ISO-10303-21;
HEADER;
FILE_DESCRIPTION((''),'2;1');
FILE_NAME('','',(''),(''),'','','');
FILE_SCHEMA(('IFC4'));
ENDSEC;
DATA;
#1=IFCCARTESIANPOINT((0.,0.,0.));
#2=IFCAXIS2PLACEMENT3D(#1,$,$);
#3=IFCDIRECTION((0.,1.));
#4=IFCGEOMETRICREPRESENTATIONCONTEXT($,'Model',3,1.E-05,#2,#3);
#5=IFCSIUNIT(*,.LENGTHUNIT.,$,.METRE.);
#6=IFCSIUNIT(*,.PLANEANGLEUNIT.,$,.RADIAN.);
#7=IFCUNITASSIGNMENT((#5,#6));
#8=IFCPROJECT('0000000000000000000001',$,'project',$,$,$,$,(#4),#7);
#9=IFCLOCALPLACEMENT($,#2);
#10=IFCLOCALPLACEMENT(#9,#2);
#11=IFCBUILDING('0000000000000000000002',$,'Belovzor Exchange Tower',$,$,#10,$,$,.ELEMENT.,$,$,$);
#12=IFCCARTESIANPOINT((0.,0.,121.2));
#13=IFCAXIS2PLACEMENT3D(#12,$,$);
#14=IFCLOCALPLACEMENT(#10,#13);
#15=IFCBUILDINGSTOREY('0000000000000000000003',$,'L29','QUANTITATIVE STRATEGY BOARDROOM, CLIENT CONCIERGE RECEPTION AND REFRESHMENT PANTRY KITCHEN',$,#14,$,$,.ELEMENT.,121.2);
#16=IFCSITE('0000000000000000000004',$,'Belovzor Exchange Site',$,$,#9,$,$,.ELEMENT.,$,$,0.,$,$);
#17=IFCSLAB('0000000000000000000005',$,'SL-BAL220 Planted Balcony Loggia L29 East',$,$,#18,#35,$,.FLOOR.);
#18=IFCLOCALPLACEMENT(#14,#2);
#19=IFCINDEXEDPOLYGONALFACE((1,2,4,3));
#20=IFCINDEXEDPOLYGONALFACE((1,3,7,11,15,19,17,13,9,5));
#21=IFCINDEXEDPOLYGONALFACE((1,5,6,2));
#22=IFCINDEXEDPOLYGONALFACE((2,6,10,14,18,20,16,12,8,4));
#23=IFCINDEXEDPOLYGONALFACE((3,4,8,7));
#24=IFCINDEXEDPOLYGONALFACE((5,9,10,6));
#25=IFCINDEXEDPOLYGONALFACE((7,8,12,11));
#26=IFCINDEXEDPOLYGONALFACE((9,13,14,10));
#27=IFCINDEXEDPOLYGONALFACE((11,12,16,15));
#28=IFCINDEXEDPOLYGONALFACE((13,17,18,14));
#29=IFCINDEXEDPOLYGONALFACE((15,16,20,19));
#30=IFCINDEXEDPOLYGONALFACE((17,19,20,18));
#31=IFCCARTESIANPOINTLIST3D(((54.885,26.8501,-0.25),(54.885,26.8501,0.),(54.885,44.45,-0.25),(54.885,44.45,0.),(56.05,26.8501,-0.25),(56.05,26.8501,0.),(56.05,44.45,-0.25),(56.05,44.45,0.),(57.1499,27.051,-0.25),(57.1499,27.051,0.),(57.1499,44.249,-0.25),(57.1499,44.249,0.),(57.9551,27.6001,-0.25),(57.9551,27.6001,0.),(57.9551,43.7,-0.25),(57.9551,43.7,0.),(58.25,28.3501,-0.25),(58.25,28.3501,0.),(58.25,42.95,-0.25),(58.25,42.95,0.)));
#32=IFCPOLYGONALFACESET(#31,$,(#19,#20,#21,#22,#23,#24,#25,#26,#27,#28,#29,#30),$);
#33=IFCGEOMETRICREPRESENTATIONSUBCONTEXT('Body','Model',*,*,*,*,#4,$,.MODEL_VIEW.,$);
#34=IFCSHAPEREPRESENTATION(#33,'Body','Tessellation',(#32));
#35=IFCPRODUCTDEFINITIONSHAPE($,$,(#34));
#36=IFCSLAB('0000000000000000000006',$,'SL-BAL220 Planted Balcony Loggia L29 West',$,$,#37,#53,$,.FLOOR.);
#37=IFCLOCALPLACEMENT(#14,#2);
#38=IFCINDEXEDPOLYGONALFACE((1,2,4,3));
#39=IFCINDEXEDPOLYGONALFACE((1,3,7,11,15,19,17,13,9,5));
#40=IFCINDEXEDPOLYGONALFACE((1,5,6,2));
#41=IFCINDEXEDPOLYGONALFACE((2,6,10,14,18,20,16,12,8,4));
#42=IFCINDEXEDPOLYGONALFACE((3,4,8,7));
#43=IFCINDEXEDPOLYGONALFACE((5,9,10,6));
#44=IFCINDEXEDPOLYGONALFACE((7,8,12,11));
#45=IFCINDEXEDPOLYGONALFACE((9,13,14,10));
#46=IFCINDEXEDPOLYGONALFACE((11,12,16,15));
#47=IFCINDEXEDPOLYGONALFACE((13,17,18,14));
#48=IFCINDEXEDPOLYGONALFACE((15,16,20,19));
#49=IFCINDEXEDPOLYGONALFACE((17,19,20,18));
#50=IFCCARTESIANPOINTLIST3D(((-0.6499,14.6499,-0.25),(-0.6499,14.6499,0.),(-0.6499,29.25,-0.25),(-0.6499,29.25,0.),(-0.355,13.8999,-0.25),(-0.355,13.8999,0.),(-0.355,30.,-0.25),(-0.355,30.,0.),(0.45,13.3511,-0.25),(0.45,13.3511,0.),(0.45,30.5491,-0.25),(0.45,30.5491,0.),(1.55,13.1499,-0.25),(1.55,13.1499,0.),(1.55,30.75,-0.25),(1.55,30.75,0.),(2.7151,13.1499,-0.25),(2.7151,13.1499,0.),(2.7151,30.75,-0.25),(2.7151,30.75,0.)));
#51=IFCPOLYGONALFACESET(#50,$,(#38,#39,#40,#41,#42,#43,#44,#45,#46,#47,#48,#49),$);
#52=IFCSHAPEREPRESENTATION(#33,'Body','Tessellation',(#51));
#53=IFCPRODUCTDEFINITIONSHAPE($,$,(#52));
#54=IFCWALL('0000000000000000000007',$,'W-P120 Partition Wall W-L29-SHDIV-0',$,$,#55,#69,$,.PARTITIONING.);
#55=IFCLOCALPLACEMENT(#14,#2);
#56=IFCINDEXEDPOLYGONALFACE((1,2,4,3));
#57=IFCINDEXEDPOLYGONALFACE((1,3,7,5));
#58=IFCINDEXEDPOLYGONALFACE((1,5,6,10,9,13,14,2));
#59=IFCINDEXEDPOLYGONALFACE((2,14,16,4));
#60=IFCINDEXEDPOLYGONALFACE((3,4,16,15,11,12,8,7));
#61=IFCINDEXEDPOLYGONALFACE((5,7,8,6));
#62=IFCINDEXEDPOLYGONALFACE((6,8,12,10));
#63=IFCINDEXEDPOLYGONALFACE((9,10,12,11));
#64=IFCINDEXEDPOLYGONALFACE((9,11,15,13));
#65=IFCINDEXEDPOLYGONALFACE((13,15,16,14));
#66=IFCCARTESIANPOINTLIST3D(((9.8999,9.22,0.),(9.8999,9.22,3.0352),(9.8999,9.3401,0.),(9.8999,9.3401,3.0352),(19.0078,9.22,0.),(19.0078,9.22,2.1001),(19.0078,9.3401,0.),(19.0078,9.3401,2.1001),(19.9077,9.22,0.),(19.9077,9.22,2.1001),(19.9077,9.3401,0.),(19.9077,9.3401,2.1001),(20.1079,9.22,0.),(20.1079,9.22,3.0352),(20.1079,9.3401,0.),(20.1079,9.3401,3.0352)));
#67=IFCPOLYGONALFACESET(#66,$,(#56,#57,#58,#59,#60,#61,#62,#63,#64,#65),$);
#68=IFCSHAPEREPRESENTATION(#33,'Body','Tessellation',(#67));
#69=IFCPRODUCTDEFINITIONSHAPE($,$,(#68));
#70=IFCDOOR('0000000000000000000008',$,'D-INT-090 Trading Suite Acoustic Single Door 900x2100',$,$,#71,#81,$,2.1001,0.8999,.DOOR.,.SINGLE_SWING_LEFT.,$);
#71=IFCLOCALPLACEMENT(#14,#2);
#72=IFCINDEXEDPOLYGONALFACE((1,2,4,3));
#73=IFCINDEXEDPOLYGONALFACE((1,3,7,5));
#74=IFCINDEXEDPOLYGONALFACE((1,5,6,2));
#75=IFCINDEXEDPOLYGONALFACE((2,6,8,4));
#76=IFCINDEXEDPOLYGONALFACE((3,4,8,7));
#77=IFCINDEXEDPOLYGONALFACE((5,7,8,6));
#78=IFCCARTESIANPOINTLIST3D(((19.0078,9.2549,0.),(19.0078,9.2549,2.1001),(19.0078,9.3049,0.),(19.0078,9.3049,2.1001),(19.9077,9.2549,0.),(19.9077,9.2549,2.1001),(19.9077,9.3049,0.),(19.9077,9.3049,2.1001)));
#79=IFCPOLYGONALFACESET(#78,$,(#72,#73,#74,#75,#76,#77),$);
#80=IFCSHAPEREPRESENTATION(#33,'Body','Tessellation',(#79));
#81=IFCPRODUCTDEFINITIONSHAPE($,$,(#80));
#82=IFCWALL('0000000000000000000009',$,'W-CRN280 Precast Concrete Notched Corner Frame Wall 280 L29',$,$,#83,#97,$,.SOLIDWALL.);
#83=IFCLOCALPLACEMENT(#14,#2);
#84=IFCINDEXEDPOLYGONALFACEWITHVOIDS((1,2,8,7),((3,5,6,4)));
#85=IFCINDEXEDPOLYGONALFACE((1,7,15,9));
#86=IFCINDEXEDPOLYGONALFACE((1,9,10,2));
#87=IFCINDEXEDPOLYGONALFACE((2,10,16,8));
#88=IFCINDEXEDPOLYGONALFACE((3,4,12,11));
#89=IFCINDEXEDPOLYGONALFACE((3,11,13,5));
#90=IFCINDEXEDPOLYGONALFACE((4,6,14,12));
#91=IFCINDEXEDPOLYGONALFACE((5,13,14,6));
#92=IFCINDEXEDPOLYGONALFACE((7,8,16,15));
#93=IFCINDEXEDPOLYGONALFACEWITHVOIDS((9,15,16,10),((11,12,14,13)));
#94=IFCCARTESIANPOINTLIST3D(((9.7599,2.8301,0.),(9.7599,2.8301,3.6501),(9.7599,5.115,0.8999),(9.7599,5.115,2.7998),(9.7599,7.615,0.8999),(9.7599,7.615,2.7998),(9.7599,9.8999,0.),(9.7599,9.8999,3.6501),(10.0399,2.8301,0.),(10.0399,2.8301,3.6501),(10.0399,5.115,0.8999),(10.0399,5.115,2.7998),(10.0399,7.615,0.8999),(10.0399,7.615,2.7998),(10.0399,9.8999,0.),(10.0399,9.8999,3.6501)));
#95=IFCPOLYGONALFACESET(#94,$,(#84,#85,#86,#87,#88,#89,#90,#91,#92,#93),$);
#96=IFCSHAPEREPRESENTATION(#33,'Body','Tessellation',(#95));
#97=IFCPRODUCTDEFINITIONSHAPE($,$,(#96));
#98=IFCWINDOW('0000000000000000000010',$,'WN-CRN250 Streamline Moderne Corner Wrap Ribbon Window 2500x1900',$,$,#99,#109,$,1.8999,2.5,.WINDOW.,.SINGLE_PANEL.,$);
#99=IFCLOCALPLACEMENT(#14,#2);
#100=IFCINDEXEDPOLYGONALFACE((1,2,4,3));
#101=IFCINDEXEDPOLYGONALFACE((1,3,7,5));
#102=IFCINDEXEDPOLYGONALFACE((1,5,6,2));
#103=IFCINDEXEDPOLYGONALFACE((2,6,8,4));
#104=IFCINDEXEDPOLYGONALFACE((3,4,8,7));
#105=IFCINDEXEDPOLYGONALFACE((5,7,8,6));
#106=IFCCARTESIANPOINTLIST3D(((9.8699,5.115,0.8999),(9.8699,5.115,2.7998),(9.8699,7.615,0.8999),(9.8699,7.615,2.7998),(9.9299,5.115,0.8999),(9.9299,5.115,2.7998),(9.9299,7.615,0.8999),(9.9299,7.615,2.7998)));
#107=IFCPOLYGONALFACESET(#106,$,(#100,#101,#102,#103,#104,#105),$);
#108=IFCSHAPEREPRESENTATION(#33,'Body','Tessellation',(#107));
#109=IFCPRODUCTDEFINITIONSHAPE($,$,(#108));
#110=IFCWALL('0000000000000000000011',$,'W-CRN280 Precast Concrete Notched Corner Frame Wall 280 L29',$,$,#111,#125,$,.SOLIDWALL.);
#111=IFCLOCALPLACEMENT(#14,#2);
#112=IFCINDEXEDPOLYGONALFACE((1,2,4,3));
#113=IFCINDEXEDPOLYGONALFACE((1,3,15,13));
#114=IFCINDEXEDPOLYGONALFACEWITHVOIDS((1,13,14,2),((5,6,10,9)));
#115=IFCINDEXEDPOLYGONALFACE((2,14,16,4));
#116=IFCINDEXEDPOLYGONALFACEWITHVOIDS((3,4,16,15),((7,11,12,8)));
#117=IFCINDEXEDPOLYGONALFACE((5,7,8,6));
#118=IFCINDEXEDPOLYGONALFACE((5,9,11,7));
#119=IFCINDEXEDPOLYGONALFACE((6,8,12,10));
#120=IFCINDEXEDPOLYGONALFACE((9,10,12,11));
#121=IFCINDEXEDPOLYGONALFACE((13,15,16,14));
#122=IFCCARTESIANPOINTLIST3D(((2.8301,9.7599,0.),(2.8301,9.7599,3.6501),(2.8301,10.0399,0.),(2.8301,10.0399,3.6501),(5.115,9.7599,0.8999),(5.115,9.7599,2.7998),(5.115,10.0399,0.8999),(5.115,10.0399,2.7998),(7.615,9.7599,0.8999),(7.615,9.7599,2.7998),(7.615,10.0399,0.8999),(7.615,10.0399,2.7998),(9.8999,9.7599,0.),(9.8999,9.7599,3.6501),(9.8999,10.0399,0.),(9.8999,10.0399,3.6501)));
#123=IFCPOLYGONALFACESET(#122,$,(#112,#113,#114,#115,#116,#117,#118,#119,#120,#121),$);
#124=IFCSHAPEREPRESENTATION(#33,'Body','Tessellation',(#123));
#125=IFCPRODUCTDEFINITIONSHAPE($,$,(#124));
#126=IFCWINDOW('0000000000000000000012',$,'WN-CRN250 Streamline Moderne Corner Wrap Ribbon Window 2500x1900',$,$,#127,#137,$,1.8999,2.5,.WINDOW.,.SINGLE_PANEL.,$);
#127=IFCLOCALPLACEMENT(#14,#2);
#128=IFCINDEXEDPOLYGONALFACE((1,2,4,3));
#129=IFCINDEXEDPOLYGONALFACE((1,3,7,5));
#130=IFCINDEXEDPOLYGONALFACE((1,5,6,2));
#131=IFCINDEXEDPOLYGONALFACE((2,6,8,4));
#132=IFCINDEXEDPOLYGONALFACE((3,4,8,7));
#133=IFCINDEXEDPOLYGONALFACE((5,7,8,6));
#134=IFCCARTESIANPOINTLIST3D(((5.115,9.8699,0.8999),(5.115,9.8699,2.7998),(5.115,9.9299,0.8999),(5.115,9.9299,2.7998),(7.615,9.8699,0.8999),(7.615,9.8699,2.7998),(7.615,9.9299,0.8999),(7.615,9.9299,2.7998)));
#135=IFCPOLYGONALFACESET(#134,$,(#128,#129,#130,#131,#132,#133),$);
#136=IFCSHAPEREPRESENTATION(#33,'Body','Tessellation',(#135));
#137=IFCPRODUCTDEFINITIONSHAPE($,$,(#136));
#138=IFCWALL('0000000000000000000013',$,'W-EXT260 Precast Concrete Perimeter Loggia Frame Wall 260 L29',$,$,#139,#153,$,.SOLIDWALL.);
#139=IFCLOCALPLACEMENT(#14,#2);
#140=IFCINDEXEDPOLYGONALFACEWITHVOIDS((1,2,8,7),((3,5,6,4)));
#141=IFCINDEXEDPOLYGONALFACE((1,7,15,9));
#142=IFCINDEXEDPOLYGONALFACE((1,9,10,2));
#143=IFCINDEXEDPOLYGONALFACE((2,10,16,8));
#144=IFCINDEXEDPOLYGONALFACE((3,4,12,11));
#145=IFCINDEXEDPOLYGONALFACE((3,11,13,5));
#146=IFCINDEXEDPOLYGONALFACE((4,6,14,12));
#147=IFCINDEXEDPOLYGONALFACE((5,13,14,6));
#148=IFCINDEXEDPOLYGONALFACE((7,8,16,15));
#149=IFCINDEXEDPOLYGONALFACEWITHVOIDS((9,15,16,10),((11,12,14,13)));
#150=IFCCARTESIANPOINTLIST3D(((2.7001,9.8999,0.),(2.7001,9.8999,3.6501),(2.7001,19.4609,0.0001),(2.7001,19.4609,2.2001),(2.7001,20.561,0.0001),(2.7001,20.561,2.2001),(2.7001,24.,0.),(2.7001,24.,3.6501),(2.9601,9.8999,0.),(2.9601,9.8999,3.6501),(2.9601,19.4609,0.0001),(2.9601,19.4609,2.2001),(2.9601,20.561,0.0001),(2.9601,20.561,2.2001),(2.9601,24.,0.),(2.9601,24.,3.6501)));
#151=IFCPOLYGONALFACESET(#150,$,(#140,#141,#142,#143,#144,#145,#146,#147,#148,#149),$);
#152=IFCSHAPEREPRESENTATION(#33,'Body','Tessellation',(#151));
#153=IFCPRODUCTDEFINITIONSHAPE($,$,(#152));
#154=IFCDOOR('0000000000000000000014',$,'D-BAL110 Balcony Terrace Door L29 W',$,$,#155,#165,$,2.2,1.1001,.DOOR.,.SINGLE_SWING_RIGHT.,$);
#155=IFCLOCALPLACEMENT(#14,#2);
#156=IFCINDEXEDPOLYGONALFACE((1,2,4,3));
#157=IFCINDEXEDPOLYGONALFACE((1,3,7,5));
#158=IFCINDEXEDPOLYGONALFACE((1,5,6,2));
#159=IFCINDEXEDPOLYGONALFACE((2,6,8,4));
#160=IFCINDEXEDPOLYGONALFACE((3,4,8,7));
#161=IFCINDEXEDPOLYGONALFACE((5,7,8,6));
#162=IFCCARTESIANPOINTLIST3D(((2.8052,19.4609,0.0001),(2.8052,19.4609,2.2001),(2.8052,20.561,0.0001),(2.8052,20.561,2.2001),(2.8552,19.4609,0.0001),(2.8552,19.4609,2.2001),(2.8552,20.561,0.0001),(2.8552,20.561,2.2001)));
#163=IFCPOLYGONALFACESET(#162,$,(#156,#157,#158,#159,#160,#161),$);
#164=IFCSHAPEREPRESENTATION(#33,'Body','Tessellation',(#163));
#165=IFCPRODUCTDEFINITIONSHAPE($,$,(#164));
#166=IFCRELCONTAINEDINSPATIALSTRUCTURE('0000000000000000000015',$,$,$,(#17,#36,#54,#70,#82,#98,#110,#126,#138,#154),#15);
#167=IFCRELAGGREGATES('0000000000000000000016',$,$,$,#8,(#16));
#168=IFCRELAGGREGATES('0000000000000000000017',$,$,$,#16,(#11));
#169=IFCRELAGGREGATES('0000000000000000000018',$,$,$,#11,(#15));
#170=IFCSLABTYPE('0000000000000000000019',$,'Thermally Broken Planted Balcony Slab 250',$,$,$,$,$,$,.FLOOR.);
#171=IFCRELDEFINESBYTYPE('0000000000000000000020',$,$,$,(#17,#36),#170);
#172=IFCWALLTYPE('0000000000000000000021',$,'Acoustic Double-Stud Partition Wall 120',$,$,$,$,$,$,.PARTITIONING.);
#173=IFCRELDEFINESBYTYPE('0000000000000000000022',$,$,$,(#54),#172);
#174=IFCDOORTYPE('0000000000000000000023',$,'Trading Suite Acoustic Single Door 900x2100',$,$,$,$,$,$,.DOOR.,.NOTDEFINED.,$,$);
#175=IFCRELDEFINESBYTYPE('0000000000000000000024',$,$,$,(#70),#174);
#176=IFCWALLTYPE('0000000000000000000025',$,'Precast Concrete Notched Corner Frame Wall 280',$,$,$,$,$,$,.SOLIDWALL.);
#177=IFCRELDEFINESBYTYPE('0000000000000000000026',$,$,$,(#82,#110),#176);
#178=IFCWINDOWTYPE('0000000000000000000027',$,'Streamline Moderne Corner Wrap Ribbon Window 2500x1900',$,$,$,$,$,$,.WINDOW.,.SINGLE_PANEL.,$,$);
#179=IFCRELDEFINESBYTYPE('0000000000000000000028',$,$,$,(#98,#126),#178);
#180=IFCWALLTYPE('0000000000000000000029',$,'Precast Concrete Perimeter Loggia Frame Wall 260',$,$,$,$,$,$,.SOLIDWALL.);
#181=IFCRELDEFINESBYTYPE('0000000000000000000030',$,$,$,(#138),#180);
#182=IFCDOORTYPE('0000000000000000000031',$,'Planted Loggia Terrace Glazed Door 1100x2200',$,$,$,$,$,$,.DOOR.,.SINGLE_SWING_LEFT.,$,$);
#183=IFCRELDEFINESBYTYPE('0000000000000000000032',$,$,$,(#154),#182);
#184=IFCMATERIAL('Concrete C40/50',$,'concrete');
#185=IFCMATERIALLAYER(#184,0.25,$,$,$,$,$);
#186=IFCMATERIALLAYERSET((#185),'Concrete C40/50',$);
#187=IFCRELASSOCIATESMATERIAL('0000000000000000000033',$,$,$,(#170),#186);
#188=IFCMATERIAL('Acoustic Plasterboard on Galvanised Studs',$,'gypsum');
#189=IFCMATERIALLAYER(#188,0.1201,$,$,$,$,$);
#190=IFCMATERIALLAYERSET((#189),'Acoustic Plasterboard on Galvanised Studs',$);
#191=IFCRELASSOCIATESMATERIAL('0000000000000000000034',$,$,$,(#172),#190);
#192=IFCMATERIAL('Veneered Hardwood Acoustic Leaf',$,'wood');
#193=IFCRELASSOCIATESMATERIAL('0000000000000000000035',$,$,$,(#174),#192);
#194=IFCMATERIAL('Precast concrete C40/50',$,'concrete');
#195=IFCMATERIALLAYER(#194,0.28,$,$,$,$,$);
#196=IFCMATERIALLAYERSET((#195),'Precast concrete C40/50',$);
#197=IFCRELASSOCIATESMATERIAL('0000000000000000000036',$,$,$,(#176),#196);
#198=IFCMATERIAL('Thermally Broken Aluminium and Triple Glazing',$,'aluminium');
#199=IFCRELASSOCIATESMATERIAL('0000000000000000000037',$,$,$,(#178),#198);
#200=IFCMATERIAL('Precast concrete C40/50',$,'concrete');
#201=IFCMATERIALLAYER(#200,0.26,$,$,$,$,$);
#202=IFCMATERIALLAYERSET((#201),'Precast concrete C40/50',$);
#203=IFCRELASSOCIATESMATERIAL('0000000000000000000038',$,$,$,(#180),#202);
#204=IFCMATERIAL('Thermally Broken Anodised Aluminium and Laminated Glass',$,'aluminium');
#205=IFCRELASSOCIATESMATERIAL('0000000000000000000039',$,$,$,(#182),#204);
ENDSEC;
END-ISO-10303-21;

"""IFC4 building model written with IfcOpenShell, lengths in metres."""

from ifc_helpers import new_model, si_unit, direction, frame, frame_2d, origin, place, context, subcontext, project, spatial, polyline, rectangle, outline, extrude, material, layer, layer_set, type_object, element, fill, save


model = new_model("IFC4")

# Units and contexts
model_context = context("Model", 3, precision=1e-05, world=origin(), true_north=direction((0.0, 1.0)))
body_context = subcontext(model_context, "Body", "Model", "MODEL_VIEW")
ifc_project = project(units=[si_unit("LENGTHUNIT", "METRE"), si_unit("PLANEANGLEUNIT", "RADIAN")], contexts=[model_context])

# Site, building, storey
site_placement = place(None, origin())
site = spatial("IfcSite", under=ifc_project, at=site_placement, Name="Belovzor Exchange Site", CompositionType="ELEMENT", RefElevation=0.0)
building_placement = place(site_placement, origin())
building = spatial("IfcBuilding", under=site, at=building_placement, Name="Belovzor Exchange Tower", CompositionType="ELEMENT")
storey_placement = place(building_placement, frame((0.0, 0.0, 121.2)))
storey = spatial("IfcBuildingStorey", under=building, at=storey_placement, Name="L29", Description="QUANTITATIVE STRATEGY BOARDROOM, CLIENT CONCIERGE RECEPTION AND REFRESHMENT PANTRY KITCHEN", CompositionType="ELEMENT", Elevation=121.2)

# Slabs
ifc_material_1 = material(Name="Concrete C40/50", Category="concrete")
ifc_layer_1 = layer(ifc_material_1, 0.25)
ifc_layer_set_1 = layer_set([ifc_layer_1], Name="Concrete C40/50")
slab_type_1 = type_object("IfcSlabType", Name="Thermally Broken Planted Balcony Slab 250", PredefinedType="FLOOR", material=ifc_layer_set_1)
slab_1_placement = place(storey_placement, frame((0.0, 0.0, -0.25)))
element("IfcSlab", 1, at=slab_1_placement, inside=storey, type_object=slab_type_1, Name="SL-BAL220 Planted Balcony Loggia L29 East", PredefinedType="FLOOR", context=body_context, shape_type="SweptSolid", body=[
    extrude(outline(polyline([(54.885, 26.8501), (56.05, 26.8501), (57.1499, 27.051), (57.9551, 27.6001), (58.25, 28.3501), (58.25, 42.95), (57.9551, 43.7), (57.1499, 44.249), (56.05, 44.45), (54.885, 44.45), (54.885, 26.8501)])), origin(), (0.0, 0.0, 1.0), 0.25),
])
slab_2_placement = place(storey_placement, frame((0.0, 0.0, -0.25)))
element("IfcSlab", 2, at=slab_2_placement, inside=storey, type_object=slab_type_1, Name="SL-BAL220 Planted Balcony Loggia L29 West", PredefinedType="FLOOR", context=body_context, shape_type="SweptSolid", body=[
    extrude(outline(polyline([(2.7151, 30.75), (1.55, 30.75), (0.45, 30.5491), (-0.355, 30.0), (-0.6499, 29.25), (-0.6499, 14.6499), (-0.355, 13.8999), (0.45, 13.3511), (1.55, 13.1499), (2.7151, 13.1499), (2.7151, 30.75)])), origin(), (0.0, 0.0, 1.0), 0.25),
])

# Wall, opening, door
ifc_material_2 = material(Name="Acoustic Plasterboard on Galvanised Studs", Category="gypsum")
ifc_layer_2 = layer(ifc_material_2, 0.1201)
ifc_layer_set_2 = layer_set([ifc_layer_2], Name="Acoustic Plasterboard on Galvanised Studs")
wall_type_1 = type_object("IfcWallType", Name="Acoustic Double-Stud Partition Wall 120", PredefinedType="PARTITIONING", material=ifc_layer_set_2)
wall_1_placement = place(storey_placement, frame((9.8999, 9.28, 0.0), z_axis=(0.0, 0.0, 1.0), x_axis=(1.0, 0.0, 0.0)))
wall_1 = element("IfcWall", 3, at=wall_1_placement, inside=storey, type_object=wall_type_1, Name="W-P120 Partition Wall W-L29-SHDIV-0", PredefinedType="PARTITIONING", context=body_context, shape_type="SweptSolid", body=[
    extrude(rectangle(XDim=10.208, YDim=0.1201, at=frame_2d((5.104, 0.0))), origin(), (0.0, 0.0, 1.0), 3.0352),
])
opening_1_placement = place(wall_1_placement, frame((9.1079, 0.0, 0.0)))
opening_1 = element("IfcOpeningElement", 4, at=opening_1_placement, cuts=wall_1, PredefinedType="OPENING", context=body_context, shape_type="SweptSolid", body=[
    extrude(rectangle(XDim=0.8999, YDim=2.1001, at=frame_2d((0.45, 1.05))), frame((0.0, 0.0701, 0.0), z_axis=(0.0, -1.0, 0.0), x_axis=(1.0, 0.0, 0.0)), (0.0, 0.0, 1.0), 0.1401),
])
ifc_material_3 = material(Name="Veneered Hardwood Acoustic Leaf", Category="wood")
door_type_1 = type_object("IfcDoorType", Name="Trading Suite Acoustic Single Door 900x2100", OperationType="NOTDEFINED", PredefinedType="DOOR", material=ifc_material_3)
door_1_placement = place(opening_1_placement, origin())
door_1 = element("IfcDoor", 5, at=door_1_placement, inside=storey, type_object=door_type_1, Name="D-INT-090 Trading Suite Acoustic Single Door 900x2100", OperationType="SINGLE_SWING_LEFT", OverallHeight=2.1001, OverallWidth=0.8999, PredefinedType="DOOR", context=body_context, shape_type="SweptSolid", body=[
    extrude(rectangle(XDim=0.8999, YDim=2.1001, at=frame_2d((0.45, 1.05))), frame((0.0, 0.0249, 0.0), z_axis=(0.0, -1.0, 0.0), x_axis=(1.0, 0.0, 0.0)), (0.0, 0.0, 1.0), 0.05),
])
fill(opening_1, door_1)

# Walls, openings, windows
ifc_material_4 = material(Name="Precast concrete C40/50", Category="concrete")
ifc_layer_3 = layer(ifc_material_4, 0.28)
ifc_layer_set_3 = layer_set([ifc_layer_3], Name="Precast concrete C40/50")
wall_type_2 = type_object("IfcWallType", Name="Precast Concrete Notched Corner Frame Wall 280", PredefinedType="SOLIDWALL", material=ifc_layer_set_3)
wall_2_placement = place(storey_placement, frame((9.8999, 2.8301, 0.0), z_axis=(0.0, 0.0, 1.0), x_axis=(0.0, 1.0, 0.0)))
wall_2 = element("IfcWall", 6, at=wall_2_placement, inside=storey, type_object=wall_type_2, Name="W-CRN280 Precast Concrete Notched Corner Frame Wall 280 L29", PredefinedType="SOLIDWALL", context=body_context, shape_type="SweptSolid", body=[
    extrude(rectangle(XDim=7.0698, YDim=0.28, at=frame_2d((3.5349, 0.0))), origin(), (0.0, 0.0, 1.0), 3.6501),
])
opening_2_placement = place(wall_2_placement, frame((2.2849, 0.0, 0.8999)))
opening_2 = element("IfcOpeningElement", 7, at=opening_2_placement, cuts=wall_2, PredefinedType="OPENING", context=body_context, shape_type="SweptSolid", body=[
    extrude(rectangle(XDim=2.5, YDim=1.8999, at=frame_2d((1.25, 0.95))), frame((0.0, 0.1499, 0.0), z_axis=(0.0, -1.0, 0.0), x_axis=(1.0, 0.0, 0.0)), (0.0, 0.0, 1.0), 0.3),
])
ifc_material_5 = material(Name="Thermally Broken Aluminium and Triple Glazing", Category="aluminium")
window_type = type_object("IfcWindowType", Name="Streamline Moderne Corner Wrap Ribbon Window 2500x1900", PartitioningType="SINGLE_PANEL", PredefinedType="WINDOW", material=ifc_material_5)
window_1_placement = place(opening_2_placement, origin())
window_1 = element("IfcWindow", 8, at=window_1_placement, inside=storey, type_object=window_type, Name="WN-CRN250 Streamline Moderne Corner Wrap Ribbon Window 2500x1900", OverallHeight=1.8999, OverallWidth=2.5, PartitioningType="SINGLE_PANEL", PredefinedType="WINDOW", context=body_context, shape_type="SweptSolid", body=[
    extrude(rectangle(XDim=2.5, YDim=1.8999, at=frame_2d((1.25, 0.95))), frame((0.0, 0.03, 0.0), z_axis=(0.0, -1.0, 0.0), x_axis=(1.0, 0.0, 0.0)), (0.0, 0.0, 1.0), 0.0601),
])
fill(opening_2, window_1)
wall_3_placement = place(storey_placement, frame((9.8999, 9.8999, 0.0), z_axis=(0.0, 0.0, 1.0), x_axis=(-1.0, 0.0, 0.0)))
wall_3 = element("IfcWall", 9, at=wall_3_placement, inside=storey, type_object=wall_type_2, Name="W-CRN280 Precast Concrete Notched Corner Frame Wall 280 L29", PredefinedType="SOLIDWALL", context=body_context, shape_type="SweptSolid", body=[
    extrude(rectangle(XDim=7.0698, YDim=0.28, at=frame_2d((3.5349, 0.0))), origin(), (0.0, 0.0, 1.0), 3.6501),
])
opening_3_placement = place(wall_3_placement, frame((2.2849, 0.0, 0.8999)))
opening_3 = element("IfcOpeningElement", 10, at=opening_3_placement, cuts=wall_3, PredefinedType="OPENING", context=body_context, shape_type="SweptSolid", body=[
    extrude(rectangle(XDim=2.5, YDim=1.8999, at=frame_2d((1.25, 0.95))), frame((0.0, 0.1499, 0.0), z_axis=(0.0, -1.0, 0.0), x_axis=(1.0, 0.0, 0.0)), (0.0, 0.0, 1.0), 0.3),
])
window_2_placement = place(opening_3_placement, origin())
window_2 = element("IfcWindow", 11, at=window_2_placement, inside=storey, type_object=window_type, Name="WN-CRN250 Streamline Moderne Corner Wrap Ribbon Window 2500x1900", OverallHeight=1.8999, OverallWidth=2.5, PartitioningType="SINGLE_PANEL", PredefinedType="WINDOW", context=body_context, shape_type="SweptSolid", body=[
    extrude(rectangle(XDim=2.5, YDim=1.8999, at=frame_2d((1.25, 0.95))), frame((0.0, 0.03, 0.0), z_axis=(0.0, -1.0, 0.0), x_axis=(1.0, 0.0, 0.0)), (0.0, 0.0, 1.0), 0.0601),
])
fill(opening_3, window_2)

# Wall, opening, door
ifc_material_6 = material(Name="Precast concrete C40/50", Category="concrete")
ifc_layer_4 = layer(ifc_material_6, 0.26)
ifc_layer_set_4 = layer_set([ifc_layer_4], Name="Precast concrete C40/50")
wall_type_3 = type_object("IfcWallType", Name="Precast Concrete Perimeter Loggia Frame Wall 260", PredefinedType="SOLIDWALL", material=ifc_layer_set_4)
wall_4_placement = place(storey_placement, frame((2.8301, 9.8999, 0.0), z_axis=(0.0, 0.0, 1.0), x_axis=(0.0, 1.0, 0.0)))
wall_4 = element("IfcWall", 12, at=wall_4_placement, inside=storey, type_object=wall_type_3, Name="W-EXT260 Precast Concrete Perimeter Loggia Frame Wall 260 L29", PredefinedType="SOLIDWALL", context=body_context, shape_type="SweptSolid", body=[
    extrude(rectangle(XDim=14.1001, YDim=0.26, at=frame_2d((7.05, 0.0))), origin(), (0.0, 0.0, 1.0), 3.6501),
])
opening_4_placement = place(wall_4_placement, frame((9.561, 0.0, 0.0)))
opening_4 = element("IfcOpeningElement", 13, at=opening_4_placement, cuts=wall_4, PredefinedType="OPENING", context=body_context, shape_type="SweptSolid", body=[
    extrude(rectangle(XDim=1.1001, YDim=2.2, at=frame_2d((0.55, 1.1001))), frame((0.0, 0.1399, 0.0), z_axis=(0.0, -1.0, 0.0), x_axis=(1.0, 0.0, 0.0)), (0.0, 0.0, 1.0), 0.28),
])
ifc_material_7 = material(Name="Thermally Broken Anodised Aluminium and Laminated Glass", Category="aluminium")
door_type_2 = type_object("IfcDoorType", Name="Planted Loggia Terrace Glazed Door 1100x2200", OperationType="SINGLE_SWING_LEFT", PredefinedType="DOOR", material=ifc_material_7)
door_2_placement = place(opening_4_placement, origin())
door_2 = element("IfcDoor", 14, at=door_2_placement, inside=storey, type_object=door_type_2, Name="D-BAL110 Balcony Terrace Door L29 W", OperationType="SINGLE_SWING_RIGHT", OverallHeight=2.2, OverallWidth=1.1001, PredefinedType="DOOR", context=body_context, shape_type="SweptSolid", body=[
    extrude(rectangle(XDim=1.1001, YDim=2.2, at=frame_2d((0.55, 1.1001))), frame((0.0, 0.0249, 0.0), z_axis=(0.0, -1.0, 0.0), x_axis=(1.0, 0.0, 0.0)), (0.0, 0.0, 1.0), 0.05),
])
fill(opening_4, door_2)

save(model, "model.ifc")
